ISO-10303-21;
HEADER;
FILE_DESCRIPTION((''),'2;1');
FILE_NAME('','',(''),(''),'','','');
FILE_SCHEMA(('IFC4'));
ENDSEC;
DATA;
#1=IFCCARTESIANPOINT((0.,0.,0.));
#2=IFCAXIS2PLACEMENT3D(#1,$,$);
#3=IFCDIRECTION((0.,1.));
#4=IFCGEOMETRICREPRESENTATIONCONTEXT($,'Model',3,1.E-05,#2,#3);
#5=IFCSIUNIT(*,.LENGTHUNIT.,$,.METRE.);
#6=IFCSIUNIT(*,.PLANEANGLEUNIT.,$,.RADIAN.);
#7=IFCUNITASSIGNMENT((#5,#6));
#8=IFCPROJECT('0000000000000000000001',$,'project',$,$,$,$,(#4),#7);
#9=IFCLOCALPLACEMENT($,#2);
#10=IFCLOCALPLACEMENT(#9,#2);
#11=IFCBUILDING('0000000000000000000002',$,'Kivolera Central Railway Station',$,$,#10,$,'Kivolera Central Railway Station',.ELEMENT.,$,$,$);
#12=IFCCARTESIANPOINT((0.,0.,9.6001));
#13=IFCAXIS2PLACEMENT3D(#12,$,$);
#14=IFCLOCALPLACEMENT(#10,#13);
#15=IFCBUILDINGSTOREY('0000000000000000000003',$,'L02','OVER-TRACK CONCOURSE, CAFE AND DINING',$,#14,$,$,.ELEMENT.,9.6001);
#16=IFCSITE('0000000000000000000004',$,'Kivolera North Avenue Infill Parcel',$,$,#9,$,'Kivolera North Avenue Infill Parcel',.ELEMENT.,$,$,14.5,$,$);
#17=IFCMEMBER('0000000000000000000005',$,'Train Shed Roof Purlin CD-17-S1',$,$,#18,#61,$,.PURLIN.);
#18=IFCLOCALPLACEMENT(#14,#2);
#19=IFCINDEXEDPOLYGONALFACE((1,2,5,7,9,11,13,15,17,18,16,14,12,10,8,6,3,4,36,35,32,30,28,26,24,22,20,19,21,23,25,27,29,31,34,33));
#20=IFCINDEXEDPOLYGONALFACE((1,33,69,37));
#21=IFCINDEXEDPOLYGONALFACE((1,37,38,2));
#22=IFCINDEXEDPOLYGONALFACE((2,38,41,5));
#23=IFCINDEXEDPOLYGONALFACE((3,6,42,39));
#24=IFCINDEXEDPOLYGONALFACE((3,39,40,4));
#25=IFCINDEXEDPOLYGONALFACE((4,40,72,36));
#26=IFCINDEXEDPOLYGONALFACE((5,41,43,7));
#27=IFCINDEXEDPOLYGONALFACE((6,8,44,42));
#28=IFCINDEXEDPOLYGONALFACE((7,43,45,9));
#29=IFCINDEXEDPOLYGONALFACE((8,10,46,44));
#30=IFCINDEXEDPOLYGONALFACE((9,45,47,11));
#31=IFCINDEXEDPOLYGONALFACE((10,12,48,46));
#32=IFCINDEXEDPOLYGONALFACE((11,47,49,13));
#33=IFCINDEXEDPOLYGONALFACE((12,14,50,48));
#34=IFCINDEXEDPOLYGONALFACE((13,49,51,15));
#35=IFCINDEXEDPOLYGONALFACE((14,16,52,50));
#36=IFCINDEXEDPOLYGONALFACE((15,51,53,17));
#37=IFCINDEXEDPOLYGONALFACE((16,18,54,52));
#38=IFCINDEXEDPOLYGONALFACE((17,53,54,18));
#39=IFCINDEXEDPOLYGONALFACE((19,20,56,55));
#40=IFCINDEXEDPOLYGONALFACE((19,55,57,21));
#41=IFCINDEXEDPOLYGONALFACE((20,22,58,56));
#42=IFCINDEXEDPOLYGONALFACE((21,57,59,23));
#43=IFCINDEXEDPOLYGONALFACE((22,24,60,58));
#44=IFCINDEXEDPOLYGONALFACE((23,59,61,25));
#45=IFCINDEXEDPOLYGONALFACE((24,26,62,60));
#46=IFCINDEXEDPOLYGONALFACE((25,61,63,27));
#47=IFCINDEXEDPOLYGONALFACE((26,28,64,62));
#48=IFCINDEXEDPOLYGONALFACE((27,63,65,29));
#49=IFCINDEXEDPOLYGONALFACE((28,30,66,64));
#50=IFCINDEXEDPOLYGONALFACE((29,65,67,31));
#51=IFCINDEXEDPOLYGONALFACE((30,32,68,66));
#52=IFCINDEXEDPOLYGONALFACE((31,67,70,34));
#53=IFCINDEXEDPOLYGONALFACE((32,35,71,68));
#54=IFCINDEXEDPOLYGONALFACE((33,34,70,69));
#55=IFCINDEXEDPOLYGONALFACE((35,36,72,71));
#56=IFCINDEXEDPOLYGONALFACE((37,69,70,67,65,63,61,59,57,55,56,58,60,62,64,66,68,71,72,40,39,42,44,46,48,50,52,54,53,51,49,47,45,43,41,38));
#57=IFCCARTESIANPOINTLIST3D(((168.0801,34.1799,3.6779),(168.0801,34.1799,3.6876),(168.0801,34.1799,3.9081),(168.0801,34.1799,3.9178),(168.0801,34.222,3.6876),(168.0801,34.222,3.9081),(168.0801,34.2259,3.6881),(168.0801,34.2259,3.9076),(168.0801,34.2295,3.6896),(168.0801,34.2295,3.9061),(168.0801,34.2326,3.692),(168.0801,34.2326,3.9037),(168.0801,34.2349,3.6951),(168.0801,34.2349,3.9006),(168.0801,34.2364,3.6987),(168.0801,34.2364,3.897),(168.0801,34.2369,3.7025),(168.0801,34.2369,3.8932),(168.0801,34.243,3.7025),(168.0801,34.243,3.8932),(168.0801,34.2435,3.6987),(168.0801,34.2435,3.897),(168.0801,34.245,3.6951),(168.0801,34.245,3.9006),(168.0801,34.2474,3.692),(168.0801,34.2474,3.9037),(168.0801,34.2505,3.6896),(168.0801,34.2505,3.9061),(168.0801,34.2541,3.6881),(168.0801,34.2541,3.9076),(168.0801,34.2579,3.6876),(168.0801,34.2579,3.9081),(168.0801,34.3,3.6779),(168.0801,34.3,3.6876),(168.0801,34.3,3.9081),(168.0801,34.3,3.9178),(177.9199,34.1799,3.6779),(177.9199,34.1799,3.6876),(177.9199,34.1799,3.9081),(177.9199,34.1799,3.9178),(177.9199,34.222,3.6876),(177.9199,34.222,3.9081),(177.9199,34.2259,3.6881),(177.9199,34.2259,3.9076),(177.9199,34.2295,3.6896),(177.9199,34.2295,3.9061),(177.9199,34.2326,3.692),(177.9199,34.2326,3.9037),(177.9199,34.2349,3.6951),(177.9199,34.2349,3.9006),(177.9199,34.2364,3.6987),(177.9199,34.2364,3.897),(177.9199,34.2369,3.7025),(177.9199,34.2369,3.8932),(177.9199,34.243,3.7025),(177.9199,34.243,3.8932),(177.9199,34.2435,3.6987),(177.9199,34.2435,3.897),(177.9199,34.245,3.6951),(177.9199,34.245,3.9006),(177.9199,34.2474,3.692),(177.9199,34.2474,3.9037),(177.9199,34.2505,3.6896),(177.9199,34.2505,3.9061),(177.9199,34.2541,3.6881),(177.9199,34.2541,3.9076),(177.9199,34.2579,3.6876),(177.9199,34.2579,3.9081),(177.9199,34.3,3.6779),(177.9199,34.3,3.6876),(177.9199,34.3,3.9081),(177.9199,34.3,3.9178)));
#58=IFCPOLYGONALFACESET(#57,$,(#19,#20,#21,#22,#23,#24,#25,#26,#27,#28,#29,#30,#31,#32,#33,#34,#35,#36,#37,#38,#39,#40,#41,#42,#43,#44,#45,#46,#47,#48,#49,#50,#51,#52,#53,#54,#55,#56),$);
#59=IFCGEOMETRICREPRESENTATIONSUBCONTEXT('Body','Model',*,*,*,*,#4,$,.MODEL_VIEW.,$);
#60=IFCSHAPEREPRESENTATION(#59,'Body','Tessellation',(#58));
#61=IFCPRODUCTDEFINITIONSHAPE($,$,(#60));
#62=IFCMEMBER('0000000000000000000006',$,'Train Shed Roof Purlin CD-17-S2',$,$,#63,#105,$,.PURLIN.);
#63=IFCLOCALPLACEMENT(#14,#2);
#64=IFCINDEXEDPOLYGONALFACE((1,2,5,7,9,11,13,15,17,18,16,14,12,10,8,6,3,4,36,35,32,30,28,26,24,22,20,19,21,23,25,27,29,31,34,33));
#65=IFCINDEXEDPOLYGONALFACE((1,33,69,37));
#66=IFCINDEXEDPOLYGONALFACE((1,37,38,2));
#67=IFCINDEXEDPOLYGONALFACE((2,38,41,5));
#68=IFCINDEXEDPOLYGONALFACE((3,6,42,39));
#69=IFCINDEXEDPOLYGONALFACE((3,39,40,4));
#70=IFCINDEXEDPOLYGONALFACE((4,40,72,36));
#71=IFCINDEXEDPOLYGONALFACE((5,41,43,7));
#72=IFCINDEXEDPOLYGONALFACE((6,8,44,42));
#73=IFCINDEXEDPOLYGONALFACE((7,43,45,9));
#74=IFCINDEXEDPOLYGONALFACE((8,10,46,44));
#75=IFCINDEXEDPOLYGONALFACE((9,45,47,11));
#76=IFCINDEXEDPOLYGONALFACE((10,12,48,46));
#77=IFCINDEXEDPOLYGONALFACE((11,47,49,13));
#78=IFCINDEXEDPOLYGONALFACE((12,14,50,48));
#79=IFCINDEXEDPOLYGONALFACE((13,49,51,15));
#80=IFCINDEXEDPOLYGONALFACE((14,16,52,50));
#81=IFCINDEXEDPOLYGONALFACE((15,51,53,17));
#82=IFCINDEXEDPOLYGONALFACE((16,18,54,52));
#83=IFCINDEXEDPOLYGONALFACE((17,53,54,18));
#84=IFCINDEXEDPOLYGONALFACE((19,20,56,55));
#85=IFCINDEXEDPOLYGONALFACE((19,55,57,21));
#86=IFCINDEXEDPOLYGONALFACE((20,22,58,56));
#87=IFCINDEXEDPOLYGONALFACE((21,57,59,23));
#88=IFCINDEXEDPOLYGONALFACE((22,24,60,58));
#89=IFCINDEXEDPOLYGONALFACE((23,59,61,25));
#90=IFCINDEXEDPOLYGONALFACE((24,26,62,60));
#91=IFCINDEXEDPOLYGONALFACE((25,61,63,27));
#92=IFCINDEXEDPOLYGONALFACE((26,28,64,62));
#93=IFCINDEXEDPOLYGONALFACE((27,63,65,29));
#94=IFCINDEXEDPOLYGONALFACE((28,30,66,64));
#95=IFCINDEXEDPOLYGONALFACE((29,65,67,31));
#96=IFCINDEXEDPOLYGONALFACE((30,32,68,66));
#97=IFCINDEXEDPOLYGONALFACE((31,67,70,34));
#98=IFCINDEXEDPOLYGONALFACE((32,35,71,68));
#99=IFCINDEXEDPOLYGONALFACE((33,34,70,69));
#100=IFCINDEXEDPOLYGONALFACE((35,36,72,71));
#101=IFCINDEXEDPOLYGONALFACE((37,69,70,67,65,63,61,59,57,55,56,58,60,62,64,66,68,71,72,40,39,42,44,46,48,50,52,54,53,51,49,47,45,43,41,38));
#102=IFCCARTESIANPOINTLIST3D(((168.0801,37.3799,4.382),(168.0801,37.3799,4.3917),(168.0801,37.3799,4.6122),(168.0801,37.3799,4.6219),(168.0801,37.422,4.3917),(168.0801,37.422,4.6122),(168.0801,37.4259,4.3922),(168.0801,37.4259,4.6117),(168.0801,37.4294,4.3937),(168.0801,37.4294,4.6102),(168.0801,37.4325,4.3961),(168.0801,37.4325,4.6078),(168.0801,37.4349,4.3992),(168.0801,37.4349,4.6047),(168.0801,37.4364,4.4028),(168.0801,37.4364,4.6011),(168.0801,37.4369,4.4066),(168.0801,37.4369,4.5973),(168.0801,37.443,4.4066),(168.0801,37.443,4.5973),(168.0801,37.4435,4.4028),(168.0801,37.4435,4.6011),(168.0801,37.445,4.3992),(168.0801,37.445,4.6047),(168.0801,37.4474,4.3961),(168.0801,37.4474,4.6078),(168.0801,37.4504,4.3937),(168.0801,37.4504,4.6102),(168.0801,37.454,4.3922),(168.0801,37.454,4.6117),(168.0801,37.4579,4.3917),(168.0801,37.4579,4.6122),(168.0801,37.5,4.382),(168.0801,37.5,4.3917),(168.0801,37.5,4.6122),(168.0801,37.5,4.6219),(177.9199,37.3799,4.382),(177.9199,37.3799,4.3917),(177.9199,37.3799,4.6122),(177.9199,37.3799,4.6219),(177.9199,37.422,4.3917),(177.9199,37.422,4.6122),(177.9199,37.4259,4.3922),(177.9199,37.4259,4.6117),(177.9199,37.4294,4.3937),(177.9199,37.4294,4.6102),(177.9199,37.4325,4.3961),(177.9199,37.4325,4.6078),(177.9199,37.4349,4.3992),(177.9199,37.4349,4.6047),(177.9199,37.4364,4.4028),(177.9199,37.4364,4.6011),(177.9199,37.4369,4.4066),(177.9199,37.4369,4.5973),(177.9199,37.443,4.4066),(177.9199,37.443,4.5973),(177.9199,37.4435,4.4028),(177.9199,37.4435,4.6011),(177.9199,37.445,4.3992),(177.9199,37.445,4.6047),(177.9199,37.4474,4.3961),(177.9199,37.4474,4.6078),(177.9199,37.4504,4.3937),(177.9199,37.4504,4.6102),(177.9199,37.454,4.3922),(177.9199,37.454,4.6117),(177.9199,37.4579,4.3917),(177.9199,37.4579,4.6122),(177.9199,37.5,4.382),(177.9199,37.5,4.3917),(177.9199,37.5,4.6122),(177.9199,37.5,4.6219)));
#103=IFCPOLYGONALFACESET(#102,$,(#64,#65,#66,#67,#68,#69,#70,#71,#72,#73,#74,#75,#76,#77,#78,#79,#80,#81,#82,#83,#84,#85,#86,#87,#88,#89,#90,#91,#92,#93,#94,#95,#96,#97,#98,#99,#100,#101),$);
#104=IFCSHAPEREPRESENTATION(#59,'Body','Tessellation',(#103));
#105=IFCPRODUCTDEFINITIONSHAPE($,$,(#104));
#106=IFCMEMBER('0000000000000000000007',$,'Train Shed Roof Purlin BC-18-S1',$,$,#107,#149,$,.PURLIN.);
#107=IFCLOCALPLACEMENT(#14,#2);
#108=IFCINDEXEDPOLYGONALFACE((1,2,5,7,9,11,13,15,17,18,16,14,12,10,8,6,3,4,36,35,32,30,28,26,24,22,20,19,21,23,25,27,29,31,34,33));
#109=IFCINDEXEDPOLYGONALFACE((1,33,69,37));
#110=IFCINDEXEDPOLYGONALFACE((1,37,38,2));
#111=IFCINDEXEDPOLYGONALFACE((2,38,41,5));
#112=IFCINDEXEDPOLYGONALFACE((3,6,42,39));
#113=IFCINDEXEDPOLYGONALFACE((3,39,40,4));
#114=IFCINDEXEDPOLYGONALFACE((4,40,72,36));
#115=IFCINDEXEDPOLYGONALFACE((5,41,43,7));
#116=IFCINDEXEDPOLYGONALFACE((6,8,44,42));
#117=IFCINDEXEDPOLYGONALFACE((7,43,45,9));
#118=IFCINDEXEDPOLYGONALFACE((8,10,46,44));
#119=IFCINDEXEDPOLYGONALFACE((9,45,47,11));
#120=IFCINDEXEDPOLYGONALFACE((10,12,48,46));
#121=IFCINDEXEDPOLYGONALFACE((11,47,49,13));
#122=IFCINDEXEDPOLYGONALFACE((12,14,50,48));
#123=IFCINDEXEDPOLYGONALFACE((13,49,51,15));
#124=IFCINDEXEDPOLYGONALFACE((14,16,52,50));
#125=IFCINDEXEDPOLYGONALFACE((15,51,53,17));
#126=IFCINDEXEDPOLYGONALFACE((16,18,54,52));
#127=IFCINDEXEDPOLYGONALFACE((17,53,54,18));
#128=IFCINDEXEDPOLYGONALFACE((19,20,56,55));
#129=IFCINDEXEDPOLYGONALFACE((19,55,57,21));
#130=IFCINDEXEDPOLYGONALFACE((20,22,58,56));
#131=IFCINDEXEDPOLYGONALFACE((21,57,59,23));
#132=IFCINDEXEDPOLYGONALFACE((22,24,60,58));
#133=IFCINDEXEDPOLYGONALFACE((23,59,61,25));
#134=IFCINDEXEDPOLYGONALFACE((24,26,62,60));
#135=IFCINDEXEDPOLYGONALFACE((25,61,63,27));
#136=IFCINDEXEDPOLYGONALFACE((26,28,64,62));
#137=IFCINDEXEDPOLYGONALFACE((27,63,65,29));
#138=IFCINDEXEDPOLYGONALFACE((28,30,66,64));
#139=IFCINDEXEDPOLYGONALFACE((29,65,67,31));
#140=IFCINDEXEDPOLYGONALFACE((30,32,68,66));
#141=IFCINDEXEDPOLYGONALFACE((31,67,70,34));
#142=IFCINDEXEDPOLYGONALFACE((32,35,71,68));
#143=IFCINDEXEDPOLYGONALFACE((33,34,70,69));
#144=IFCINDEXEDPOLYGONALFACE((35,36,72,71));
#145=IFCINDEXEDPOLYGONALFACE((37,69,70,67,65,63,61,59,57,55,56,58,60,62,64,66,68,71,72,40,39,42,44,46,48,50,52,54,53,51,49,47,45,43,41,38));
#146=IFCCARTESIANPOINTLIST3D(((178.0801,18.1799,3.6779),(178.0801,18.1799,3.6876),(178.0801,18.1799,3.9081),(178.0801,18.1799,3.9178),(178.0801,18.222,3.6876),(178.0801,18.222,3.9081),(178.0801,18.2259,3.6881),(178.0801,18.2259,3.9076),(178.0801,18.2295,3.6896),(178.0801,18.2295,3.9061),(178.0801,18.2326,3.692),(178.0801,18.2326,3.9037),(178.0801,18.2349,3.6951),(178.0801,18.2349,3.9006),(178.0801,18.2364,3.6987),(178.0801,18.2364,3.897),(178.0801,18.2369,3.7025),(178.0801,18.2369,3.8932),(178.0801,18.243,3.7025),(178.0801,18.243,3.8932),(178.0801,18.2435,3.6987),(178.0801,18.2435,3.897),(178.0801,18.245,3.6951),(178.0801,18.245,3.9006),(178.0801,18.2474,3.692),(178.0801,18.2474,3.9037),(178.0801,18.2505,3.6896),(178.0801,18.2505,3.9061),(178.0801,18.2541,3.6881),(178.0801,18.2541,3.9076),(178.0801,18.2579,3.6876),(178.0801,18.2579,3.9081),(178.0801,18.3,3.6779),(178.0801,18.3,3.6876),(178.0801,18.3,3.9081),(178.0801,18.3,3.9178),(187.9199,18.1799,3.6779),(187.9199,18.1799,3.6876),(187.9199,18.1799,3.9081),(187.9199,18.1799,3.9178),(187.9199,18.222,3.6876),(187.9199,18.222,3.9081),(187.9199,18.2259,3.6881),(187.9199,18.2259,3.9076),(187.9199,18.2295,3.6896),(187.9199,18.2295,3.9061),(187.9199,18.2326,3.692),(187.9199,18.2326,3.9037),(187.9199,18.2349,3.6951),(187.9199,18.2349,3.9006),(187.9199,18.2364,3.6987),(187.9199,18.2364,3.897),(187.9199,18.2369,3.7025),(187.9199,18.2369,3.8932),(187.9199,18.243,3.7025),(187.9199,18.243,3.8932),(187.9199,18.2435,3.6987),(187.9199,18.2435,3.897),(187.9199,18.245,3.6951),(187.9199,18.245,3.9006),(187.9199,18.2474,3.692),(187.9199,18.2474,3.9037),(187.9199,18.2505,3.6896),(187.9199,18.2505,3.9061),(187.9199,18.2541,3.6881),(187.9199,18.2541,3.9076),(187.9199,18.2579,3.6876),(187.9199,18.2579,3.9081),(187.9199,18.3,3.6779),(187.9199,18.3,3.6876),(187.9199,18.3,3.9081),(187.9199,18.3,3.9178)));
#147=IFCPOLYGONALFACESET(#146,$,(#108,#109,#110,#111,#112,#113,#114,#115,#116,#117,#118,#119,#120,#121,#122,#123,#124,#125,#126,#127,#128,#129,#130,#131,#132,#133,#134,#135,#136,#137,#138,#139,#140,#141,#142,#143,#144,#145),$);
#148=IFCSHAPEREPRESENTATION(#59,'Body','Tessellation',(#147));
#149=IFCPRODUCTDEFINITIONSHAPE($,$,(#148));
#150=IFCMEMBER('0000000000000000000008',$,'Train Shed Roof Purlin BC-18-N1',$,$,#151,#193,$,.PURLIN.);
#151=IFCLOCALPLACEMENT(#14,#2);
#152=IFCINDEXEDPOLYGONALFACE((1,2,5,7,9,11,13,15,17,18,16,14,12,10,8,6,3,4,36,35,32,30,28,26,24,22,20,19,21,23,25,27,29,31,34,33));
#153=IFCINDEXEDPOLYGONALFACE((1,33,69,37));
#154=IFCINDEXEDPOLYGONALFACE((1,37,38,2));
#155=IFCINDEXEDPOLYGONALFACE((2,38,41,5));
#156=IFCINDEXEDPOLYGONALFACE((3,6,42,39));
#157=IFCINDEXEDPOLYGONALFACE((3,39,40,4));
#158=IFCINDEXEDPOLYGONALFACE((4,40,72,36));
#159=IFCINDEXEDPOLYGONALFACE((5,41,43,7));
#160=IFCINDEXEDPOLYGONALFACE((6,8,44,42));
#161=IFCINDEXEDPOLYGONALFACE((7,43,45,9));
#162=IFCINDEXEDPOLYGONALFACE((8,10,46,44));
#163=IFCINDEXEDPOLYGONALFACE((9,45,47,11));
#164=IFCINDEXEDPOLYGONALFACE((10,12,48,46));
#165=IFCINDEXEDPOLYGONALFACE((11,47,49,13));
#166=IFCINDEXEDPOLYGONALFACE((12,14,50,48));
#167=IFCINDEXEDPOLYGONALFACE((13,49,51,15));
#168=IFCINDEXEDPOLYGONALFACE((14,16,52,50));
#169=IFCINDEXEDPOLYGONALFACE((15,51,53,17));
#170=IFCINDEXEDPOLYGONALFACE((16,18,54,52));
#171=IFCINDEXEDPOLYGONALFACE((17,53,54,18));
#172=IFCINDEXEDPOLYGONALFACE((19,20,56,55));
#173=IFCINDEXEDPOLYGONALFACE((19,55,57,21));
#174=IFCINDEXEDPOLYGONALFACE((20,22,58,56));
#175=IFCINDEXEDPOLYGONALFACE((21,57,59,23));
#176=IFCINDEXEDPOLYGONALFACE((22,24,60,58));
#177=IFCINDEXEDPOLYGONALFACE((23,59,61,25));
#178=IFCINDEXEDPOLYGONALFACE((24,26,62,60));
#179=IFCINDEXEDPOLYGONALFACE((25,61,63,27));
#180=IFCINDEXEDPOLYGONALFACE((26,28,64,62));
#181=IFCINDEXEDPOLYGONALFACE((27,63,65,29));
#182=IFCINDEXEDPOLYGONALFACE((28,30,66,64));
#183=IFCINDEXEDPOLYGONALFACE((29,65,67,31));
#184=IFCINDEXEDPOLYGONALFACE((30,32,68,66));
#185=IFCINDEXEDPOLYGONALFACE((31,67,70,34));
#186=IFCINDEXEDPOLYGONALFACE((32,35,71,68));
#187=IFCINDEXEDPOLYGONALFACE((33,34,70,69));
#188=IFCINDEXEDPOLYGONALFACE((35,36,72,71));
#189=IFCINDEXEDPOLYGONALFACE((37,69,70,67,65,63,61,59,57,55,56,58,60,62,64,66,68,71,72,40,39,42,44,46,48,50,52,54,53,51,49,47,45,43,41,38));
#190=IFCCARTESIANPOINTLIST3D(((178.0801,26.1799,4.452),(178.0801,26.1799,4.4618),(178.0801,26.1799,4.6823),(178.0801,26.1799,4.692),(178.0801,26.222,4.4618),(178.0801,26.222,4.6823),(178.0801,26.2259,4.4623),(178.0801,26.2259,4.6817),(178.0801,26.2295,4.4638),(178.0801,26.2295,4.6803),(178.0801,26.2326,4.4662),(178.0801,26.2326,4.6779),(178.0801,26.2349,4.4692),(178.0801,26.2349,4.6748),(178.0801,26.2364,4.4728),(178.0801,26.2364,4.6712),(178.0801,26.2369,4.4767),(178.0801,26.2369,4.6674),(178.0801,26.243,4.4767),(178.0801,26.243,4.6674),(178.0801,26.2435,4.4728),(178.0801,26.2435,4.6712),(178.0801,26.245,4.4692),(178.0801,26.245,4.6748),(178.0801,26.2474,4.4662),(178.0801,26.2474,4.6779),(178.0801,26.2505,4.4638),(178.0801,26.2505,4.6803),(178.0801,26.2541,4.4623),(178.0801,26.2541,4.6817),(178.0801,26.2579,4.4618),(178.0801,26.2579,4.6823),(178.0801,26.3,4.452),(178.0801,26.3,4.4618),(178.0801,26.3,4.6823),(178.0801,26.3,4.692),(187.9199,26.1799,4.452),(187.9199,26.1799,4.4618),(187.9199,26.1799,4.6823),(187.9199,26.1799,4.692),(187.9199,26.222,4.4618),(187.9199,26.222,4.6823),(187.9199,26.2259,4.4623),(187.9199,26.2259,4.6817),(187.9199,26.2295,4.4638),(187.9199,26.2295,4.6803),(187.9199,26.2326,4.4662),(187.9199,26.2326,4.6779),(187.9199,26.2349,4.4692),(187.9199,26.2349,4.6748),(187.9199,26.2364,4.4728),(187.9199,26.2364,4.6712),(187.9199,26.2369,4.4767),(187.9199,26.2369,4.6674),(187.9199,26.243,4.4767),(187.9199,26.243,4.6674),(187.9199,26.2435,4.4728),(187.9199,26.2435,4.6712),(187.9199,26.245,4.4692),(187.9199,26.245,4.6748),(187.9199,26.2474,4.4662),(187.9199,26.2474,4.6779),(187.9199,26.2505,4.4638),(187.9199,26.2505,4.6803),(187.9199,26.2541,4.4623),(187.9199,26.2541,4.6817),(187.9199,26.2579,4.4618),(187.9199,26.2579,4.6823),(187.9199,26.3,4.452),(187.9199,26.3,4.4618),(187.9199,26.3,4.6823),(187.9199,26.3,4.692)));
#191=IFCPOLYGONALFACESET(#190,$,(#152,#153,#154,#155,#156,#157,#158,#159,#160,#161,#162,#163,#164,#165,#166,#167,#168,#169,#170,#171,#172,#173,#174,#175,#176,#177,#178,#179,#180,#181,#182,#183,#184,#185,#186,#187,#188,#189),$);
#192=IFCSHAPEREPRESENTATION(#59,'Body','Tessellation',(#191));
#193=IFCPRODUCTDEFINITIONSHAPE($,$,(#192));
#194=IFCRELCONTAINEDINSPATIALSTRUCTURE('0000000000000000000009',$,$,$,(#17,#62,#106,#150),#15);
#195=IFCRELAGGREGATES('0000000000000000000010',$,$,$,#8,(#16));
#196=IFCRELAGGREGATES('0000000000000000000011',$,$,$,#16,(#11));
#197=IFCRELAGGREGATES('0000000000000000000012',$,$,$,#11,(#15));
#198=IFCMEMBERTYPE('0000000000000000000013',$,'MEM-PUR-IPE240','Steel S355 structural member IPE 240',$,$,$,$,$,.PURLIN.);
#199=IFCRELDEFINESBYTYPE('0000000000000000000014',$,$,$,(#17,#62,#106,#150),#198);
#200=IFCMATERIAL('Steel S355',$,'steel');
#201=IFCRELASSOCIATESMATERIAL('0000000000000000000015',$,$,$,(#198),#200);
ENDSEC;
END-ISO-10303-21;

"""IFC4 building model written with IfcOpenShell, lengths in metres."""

from ifc_helpers import new_model, si_unit, direction, frame, origin, origin_2d, place, context, subcontext, project, spatial, i_section, extrude, material, material_profile, profile_set, type_object, element, save


model = new_model("IFC4")

# Units and contexts
model_context = context("Model", 3, precision=1e-05, world=origin(), true_north=direction((0.0, 1.0)))
body_context = subcontext(model_context, "Body", "Model", "MODEL_VIEW")
ifc_project = project(units=[si_unit("LENGTHUNIT", "METRE"), si_unit("PLANEANGLEUNIT", "RADIAN")], contexts=[model_context])

# Site, building, storey
site_placement = place(None, origin())
site = spatial("IfcSite", under=ifc_project, at=site_placement, Name="Kivolera North Avenue Infill Parcel", LongName="Kivolera North Avenue Infill Parcel", CompositionType="ELEMENT", RefElevation=14.5)
building_placement = place(site_placement, origin())
building = spatial("IfcBuilding", under=site, at=building_placement, Name="Kivolera Central Railway Station", LongName="Kivolera Central Railway Station", CompositionType="ELEMENT")
storey_placement = place(building_placement, frame((0.0, 0.0, 9.6001)))
storey = spatial("IfcBuildingStorey", under=building, at=storey_placement, Name="L02", Description="OVER-TRACK CONCOURSE, CAFE AND DINING", CompositionType="ELEMENT", Elevation=9.6001)

# Shared definitions
ifc_material_1 = material(Name="Steel S355", Category="steel")

# Members
ifc_material_profile_1 = material_profile(ifc_material_1, i_section(OverallWidth=0.1201, OverallDepth=0.24, WebThickness=0.0061, FlangeThickness=0.0098, FilletRadius=0.0149, at=origin_2d()), Name="IPE 240")
ifc_profile_set_1 = profile_set([ifc_material_profile_1], Name="Steel S355")
member_type_1 = type_object("IfcMemberType", Name="MEM-PUR-IPE240", Description="Steel S355 structural member IPE 240", PredefinedType="PURLIN", material=ifc_profile_set_1)
for number, where, z_axis, x_axis, name in (
    (1, (168.0801, 34.24, 3.7979), (1.0, 0.0, 0.0), (0.0, 1.0, 0.0), "Train Shed Roof Purlin CD-17-S1"),
    (2, (168.0801, 37.4399, 4.502), (1.0, 0.0, 0.0), (0.0, 1.0, 0.0), "Train Shed Roof Purlin CD-17-S2"),
    (3, (178.0801, 18.24, 3.7979), (1.0, 0.0, 0.0), (0.0, 1.0, 0.0), "Train Shed Roof Purlin BC-18-S1"),
    (4, (178.0801, 26.24, 4.572), (1.0, 0.0, 0.0), (0.0, 1.0, 0.0), "Train Shed Roof Purlin BC-18-N1"),
):
    element("IfcMember", number, at=place(storey_placement, frame(where, z_axis=z_axis, x_axis=x_axis)), inside=storey, type_object=member_type_1, Name=name, PredefinedType="PURLIN", context=body_context, shape_type="SweptSolid", body=[
        extrude(i_section(OverallWidth=0.1201, OverallDepth=0.24, WebThickness=0.0061, FlangeThickness=0.0098, FilletRadius=0.0149, at=origin_2d()), origin(), (0.0, 0.0, 1.0), 9.8398),
    ])

save(model, "model.ifc")
